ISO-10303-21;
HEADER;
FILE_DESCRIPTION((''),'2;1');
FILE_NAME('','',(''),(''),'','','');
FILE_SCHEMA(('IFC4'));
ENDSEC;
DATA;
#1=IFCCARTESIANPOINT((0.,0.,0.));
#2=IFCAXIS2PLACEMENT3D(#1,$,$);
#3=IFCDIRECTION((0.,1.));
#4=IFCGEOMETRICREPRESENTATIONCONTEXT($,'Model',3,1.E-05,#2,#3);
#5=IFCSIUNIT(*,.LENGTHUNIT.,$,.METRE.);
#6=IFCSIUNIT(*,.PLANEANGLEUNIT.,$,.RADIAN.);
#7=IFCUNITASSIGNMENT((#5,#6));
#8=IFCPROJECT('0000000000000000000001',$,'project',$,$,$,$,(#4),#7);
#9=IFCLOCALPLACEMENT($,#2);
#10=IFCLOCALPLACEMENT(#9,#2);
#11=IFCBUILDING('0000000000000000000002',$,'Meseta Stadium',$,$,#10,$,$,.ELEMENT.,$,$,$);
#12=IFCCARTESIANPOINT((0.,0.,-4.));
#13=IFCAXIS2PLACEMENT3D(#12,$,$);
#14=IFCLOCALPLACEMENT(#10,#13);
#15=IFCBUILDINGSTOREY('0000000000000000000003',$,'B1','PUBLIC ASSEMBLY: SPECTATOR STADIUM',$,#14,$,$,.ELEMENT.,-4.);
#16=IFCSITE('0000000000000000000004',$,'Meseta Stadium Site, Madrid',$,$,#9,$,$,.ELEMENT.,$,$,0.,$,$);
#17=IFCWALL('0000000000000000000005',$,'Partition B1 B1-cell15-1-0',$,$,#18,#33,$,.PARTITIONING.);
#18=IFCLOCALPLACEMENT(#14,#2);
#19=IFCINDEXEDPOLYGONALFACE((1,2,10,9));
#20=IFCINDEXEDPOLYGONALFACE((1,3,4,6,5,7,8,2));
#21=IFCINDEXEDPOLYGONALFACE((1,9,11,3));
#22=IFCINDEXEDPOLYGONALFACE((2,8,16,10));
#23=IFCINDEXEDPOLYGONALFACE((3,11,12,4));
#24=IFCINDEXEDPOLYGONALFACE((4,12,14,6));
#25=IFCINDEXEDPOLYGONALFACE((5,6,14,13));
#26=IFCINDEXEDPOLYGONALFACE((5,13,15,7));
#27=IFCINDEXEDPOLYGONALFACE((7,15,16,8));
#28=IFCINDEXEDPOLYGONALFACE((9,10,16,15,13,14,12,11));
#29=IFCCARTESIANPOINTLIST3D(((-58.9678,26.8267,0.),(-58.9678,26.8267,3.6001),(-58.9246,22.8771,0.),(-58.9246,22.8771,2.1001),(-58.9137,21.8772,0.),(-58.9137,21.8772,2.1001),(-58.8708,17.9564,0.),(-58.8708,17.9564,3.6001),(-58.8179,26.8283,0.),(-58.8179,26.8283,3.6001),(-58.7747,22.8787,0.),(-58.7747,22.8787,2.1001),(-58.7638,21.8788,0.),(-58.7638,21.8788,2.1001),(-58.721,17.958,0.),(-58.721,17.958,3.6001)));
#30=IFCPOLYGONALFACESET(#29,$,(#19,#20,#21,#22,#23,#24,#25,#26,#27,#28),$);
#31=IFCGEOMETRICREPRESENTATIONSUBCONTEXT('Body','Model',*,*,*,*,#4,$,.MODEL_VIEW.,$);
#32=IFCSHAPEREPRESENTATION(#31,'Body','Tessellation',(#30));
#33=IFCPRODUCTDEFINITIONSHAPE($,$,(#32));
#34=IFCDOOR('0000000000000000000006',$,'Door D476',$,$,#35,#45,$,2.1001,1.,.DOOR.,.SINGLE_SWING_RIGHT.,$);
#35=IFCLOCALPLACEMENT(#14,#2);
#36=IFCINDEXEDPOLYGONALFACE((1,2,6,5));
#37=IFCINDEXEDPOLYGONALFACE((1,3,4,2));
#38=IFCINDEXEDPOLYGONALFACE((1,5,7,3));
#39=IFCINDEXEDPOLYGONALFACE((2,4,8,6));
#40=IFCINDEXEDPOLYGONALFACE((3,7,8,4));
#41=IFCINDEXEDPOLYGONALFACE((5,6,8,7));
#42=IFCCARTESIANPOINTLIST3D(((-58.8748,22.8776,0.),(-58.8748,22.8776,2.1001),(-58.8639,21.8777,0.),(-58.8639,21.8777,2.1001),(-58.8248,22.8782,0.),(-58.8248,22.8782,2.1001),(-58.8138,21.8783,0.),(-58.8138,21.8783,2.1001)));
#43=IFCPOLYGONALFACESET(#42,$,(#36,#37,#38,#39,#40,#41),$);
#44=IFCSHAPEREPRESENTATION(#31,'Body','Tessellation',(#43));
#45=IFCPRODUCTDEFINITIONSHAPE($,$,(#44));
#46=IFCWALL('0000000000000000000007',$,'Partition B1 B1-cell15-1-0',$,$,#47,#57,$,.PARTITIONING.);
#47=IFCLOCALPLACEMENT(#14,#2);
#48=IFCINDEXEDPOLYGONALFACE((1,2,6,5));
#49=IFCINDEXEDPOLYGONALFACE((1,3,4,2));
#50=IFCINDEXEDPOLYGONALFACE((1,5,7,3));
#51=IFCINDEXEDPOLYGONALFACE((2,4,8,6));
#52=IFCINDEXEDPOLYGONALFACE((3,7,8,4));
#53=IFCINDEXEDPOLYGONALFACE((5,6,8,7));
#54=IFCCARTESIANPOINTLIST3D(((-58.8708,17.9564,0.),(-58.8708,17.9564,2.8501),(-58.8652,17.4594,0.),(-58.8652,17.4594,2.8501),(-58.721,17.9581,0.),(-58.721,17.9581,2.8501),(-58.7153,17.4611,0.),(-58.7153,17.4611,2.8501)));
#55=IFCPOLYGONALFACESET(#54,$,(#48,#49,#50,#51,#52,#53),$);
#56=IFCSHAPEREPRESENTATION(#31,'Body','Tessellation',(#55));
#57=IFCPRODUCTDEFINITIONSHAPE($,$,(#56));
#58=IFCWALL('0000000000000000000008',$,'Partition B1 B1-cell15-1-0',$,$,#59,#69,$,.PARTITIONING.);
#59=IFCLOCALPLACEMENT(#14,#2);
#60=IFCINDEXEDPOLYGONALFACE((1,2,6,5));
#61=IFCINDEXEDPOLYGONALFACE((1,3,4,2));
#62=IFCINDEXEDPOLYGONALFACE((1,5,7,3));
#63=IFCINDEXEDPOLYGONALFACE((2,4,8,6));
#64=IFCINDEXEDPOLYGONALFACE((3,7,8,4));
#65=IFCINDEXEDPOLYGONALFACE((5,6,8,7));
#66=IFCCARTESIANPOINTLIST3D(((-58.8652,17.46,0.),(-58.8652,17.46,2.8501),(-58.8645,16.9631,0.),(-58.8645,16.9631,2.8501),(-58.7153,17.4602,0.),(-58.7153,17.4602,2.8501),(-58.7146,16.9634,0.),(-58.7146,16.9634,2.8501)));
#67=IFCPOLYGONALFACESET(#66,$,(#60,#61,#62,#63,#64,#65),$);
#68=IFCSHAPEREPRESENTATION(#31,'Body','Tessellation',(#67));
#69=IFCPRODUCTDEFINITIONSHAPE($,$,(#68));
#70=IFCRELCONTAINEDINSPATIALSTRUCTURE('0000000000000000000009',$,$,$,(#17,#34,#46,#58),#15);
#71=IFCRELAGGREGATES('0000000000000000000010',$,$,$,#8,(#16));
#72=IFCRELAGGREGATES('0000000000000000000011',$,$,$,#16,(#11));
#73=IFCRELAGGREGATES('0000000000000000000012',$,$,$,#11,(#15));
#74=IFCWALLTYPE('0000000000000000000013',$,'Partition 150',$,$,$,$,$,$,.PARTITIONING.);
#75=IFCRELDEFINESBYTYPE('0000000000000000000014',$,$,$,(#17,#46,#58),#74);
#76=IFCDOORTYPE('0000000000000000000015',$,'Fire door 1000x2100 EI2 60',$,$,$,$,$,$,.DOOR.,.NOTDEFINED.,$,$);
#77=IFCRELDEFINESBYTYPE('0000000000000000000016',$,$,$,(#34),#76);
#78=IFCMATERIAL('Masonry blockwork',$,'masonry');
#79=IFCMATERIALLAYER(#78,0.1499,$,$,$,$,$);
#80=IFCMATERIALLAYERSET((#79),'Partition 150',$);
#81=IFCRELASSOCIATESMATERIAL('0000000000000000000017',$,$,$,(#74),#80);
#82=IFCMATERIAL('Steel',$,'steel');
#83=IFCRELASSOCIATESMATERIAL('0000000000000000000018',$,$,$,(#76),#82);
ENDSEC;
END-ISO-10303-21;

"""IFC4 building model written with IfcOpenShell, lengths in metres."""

from ifc_helpers import new_model, si_unit, direction, frame, frame_2d, origin, place, context, subcontext, project, spatial, rectangle, extrude, material, layer, layer_set, type_object, element, fill, save


model = new_model("IFC4")

# Units and contexts
model_context = context("Model", 3, precision=1e-05, world=origin(), true_north=direction((0.0, 1.0)))
body_context = subcontext(model_context, "Body", "Model", "MODEL_VIEW")
ifc_project = project(units=[si_unit("LENGTHUNIT", "METRE"), si_unit("PLANEANGLEUNIT", "RADIAN")], contexts=[model_context])

# Site, building, storey
site_placement = place(None, origin())
site = spatial("IfcSite", under=ifc_project, at=site_placement, Name="Meseta Stadium Site, Madrid", CompositionType="ELEMENT", RefElevation=0.0)
building_placement = place(site_placement, origin())
building = spatial("IfcBuilding", under=site, at=building_placement, Name="Meseta Stadium", CompositionType="ELEMENT")
storey_placement = place(building_placement, frame((0.0, 0.0, -4.0)))
storey = spatial("IfcBuildingStorey", under=building, at=storey_placement, Name="B1", Description="PUBLIC ASSEMBLY: SPECTATOR STADIUM", CompositionType="ELEMENT", Elevation=-4.0)

# Shared definitions
ifc_material_1 = material(Name="Masonry blockwork", Category="masonry")
ifc_layer = layer(ifc_material_1, 0.1499)
ifc_layer_set = layer_set([ifc_layer], Name="Partition 150")
wall_type = type_object("IfcWallType", Name="Partition 150", PredefinedType="PARTITIONING", material=ifc_layer_set)

# Wall, opening, door
wall_1_placement = place(storey_placement, frame((-58.8928, 26.8276, 0.0), z_axis=(0.0, 0.0, 1.0), x_axis=(0.010926, -0.99994, 0.0)))
wall_1 = element("IfcWall", 1, at=wall_1_placement, inside=storey, type_object=wall_type, Name="Partition B1 B1-cell15-1-0", PredefinedType="PARTITIONING", context=body_context, shape_type="SweptSolid", body=[
    extrude(rectangle(XDim=8.8708, YDim=0.1499, at=frame_2d((4.4355, 0.0))), origin(), (0.0, 0.0, 1.0), 3.6001),
])
opening_placement = place(wall_1_placement, frame((3.95, 0.0, 0.0)))
opening = element("IfcOpeningElement", 2, at=opening_placement, cuts=wall_1, PredefinedType="OPENING", context=body_context, shape_type="SweptSolid", body=[
    extrude(rectangle(XDim=1.0, YDim=2.1001, at=frame_2d((0.5, 1.05))), frame((0.0, 0.085, 0.0), z_axis=(0.0, -1.0, 0.0), x_axis=(1.0, 0.0, 0.0)), (0.0, 0.0, 1.0), 0.1699),
])
ifc_material_2 = material(Name="Steel", Category="steel")
door_type = type_object("IfcDoorType", Name="Fire door 1000x2100 EI2 60", OperationType="NOTDEFINED", PredefinedType="DOOR", material=ifc_material_2)
door_placement = place(opening_placement, origin())
door = element("IfcDoor", 3, at=door_placement, inside=storey, type_object=door_type, Name="Door D476", OperationType="SINGLE_SWING_RIGHT", OverallHeight=2.1001, OverallWidth=1.0, PredefinedType="DOOR", context=body_context, shape_type="SweptSolid", body=[
    extrude(rectangle(XDim=1.0, YDim=2.1001, at=frame_2d((0.5, 1.05))), frame((0.0, 0.0249, 0.0), z_axis=(0.0, -1.0, 0.0), x_axis=(1.0, 0.0, 0.0)), (0.0, 0.0, 1.0), 0.05),
])
fill(opening, door)

# Walls
wall_2_placement = place(storey_placement, frame((-58.7959, 17.9573, 0.0), z_axis=(0.0, 0.0, 1.0), x_axis=(0.011296, -0.999936, 0.0)))
element("IfcWall", 4, at=wall_2_placement, inside=storey, type_object=wall_type, Name="Partition B1 B1-cell15-1-0", PredefinedType="PARTITIONING", context=body_context, shape_type="SweptSolid", body=[
    extrude(rectangle(XDim=0.4971, YDim=0.1499, at=frame_2d((0.2485, 0.0))), origin(), (0.0, 0.0, 1.0), 2.8501),
])
wall_3_placement = place(storey_placement, frame((-58.7903, 17.4602, 0.0), z_axis=(0.0, 0.0, 1.0), x_axis=(0.001474, -0.999999, 0.0)))
element("IfcWall", 5, at=wall_3_placement, inside=storey, type_object=wall_type, Name="Partition B1 B1-cell15-1-0", PredefinedType="PARTITIONING", context=body_context, shape_type="SweptSolid", body=[
    extrude(rectangle(XDim=0.4968, YDim=0.1499, at=frame_2d((0.2485, 0.0))), origin(), (0.0, 0.0, 1.0), 2.8501),
])

save(model, "model.ifc")
